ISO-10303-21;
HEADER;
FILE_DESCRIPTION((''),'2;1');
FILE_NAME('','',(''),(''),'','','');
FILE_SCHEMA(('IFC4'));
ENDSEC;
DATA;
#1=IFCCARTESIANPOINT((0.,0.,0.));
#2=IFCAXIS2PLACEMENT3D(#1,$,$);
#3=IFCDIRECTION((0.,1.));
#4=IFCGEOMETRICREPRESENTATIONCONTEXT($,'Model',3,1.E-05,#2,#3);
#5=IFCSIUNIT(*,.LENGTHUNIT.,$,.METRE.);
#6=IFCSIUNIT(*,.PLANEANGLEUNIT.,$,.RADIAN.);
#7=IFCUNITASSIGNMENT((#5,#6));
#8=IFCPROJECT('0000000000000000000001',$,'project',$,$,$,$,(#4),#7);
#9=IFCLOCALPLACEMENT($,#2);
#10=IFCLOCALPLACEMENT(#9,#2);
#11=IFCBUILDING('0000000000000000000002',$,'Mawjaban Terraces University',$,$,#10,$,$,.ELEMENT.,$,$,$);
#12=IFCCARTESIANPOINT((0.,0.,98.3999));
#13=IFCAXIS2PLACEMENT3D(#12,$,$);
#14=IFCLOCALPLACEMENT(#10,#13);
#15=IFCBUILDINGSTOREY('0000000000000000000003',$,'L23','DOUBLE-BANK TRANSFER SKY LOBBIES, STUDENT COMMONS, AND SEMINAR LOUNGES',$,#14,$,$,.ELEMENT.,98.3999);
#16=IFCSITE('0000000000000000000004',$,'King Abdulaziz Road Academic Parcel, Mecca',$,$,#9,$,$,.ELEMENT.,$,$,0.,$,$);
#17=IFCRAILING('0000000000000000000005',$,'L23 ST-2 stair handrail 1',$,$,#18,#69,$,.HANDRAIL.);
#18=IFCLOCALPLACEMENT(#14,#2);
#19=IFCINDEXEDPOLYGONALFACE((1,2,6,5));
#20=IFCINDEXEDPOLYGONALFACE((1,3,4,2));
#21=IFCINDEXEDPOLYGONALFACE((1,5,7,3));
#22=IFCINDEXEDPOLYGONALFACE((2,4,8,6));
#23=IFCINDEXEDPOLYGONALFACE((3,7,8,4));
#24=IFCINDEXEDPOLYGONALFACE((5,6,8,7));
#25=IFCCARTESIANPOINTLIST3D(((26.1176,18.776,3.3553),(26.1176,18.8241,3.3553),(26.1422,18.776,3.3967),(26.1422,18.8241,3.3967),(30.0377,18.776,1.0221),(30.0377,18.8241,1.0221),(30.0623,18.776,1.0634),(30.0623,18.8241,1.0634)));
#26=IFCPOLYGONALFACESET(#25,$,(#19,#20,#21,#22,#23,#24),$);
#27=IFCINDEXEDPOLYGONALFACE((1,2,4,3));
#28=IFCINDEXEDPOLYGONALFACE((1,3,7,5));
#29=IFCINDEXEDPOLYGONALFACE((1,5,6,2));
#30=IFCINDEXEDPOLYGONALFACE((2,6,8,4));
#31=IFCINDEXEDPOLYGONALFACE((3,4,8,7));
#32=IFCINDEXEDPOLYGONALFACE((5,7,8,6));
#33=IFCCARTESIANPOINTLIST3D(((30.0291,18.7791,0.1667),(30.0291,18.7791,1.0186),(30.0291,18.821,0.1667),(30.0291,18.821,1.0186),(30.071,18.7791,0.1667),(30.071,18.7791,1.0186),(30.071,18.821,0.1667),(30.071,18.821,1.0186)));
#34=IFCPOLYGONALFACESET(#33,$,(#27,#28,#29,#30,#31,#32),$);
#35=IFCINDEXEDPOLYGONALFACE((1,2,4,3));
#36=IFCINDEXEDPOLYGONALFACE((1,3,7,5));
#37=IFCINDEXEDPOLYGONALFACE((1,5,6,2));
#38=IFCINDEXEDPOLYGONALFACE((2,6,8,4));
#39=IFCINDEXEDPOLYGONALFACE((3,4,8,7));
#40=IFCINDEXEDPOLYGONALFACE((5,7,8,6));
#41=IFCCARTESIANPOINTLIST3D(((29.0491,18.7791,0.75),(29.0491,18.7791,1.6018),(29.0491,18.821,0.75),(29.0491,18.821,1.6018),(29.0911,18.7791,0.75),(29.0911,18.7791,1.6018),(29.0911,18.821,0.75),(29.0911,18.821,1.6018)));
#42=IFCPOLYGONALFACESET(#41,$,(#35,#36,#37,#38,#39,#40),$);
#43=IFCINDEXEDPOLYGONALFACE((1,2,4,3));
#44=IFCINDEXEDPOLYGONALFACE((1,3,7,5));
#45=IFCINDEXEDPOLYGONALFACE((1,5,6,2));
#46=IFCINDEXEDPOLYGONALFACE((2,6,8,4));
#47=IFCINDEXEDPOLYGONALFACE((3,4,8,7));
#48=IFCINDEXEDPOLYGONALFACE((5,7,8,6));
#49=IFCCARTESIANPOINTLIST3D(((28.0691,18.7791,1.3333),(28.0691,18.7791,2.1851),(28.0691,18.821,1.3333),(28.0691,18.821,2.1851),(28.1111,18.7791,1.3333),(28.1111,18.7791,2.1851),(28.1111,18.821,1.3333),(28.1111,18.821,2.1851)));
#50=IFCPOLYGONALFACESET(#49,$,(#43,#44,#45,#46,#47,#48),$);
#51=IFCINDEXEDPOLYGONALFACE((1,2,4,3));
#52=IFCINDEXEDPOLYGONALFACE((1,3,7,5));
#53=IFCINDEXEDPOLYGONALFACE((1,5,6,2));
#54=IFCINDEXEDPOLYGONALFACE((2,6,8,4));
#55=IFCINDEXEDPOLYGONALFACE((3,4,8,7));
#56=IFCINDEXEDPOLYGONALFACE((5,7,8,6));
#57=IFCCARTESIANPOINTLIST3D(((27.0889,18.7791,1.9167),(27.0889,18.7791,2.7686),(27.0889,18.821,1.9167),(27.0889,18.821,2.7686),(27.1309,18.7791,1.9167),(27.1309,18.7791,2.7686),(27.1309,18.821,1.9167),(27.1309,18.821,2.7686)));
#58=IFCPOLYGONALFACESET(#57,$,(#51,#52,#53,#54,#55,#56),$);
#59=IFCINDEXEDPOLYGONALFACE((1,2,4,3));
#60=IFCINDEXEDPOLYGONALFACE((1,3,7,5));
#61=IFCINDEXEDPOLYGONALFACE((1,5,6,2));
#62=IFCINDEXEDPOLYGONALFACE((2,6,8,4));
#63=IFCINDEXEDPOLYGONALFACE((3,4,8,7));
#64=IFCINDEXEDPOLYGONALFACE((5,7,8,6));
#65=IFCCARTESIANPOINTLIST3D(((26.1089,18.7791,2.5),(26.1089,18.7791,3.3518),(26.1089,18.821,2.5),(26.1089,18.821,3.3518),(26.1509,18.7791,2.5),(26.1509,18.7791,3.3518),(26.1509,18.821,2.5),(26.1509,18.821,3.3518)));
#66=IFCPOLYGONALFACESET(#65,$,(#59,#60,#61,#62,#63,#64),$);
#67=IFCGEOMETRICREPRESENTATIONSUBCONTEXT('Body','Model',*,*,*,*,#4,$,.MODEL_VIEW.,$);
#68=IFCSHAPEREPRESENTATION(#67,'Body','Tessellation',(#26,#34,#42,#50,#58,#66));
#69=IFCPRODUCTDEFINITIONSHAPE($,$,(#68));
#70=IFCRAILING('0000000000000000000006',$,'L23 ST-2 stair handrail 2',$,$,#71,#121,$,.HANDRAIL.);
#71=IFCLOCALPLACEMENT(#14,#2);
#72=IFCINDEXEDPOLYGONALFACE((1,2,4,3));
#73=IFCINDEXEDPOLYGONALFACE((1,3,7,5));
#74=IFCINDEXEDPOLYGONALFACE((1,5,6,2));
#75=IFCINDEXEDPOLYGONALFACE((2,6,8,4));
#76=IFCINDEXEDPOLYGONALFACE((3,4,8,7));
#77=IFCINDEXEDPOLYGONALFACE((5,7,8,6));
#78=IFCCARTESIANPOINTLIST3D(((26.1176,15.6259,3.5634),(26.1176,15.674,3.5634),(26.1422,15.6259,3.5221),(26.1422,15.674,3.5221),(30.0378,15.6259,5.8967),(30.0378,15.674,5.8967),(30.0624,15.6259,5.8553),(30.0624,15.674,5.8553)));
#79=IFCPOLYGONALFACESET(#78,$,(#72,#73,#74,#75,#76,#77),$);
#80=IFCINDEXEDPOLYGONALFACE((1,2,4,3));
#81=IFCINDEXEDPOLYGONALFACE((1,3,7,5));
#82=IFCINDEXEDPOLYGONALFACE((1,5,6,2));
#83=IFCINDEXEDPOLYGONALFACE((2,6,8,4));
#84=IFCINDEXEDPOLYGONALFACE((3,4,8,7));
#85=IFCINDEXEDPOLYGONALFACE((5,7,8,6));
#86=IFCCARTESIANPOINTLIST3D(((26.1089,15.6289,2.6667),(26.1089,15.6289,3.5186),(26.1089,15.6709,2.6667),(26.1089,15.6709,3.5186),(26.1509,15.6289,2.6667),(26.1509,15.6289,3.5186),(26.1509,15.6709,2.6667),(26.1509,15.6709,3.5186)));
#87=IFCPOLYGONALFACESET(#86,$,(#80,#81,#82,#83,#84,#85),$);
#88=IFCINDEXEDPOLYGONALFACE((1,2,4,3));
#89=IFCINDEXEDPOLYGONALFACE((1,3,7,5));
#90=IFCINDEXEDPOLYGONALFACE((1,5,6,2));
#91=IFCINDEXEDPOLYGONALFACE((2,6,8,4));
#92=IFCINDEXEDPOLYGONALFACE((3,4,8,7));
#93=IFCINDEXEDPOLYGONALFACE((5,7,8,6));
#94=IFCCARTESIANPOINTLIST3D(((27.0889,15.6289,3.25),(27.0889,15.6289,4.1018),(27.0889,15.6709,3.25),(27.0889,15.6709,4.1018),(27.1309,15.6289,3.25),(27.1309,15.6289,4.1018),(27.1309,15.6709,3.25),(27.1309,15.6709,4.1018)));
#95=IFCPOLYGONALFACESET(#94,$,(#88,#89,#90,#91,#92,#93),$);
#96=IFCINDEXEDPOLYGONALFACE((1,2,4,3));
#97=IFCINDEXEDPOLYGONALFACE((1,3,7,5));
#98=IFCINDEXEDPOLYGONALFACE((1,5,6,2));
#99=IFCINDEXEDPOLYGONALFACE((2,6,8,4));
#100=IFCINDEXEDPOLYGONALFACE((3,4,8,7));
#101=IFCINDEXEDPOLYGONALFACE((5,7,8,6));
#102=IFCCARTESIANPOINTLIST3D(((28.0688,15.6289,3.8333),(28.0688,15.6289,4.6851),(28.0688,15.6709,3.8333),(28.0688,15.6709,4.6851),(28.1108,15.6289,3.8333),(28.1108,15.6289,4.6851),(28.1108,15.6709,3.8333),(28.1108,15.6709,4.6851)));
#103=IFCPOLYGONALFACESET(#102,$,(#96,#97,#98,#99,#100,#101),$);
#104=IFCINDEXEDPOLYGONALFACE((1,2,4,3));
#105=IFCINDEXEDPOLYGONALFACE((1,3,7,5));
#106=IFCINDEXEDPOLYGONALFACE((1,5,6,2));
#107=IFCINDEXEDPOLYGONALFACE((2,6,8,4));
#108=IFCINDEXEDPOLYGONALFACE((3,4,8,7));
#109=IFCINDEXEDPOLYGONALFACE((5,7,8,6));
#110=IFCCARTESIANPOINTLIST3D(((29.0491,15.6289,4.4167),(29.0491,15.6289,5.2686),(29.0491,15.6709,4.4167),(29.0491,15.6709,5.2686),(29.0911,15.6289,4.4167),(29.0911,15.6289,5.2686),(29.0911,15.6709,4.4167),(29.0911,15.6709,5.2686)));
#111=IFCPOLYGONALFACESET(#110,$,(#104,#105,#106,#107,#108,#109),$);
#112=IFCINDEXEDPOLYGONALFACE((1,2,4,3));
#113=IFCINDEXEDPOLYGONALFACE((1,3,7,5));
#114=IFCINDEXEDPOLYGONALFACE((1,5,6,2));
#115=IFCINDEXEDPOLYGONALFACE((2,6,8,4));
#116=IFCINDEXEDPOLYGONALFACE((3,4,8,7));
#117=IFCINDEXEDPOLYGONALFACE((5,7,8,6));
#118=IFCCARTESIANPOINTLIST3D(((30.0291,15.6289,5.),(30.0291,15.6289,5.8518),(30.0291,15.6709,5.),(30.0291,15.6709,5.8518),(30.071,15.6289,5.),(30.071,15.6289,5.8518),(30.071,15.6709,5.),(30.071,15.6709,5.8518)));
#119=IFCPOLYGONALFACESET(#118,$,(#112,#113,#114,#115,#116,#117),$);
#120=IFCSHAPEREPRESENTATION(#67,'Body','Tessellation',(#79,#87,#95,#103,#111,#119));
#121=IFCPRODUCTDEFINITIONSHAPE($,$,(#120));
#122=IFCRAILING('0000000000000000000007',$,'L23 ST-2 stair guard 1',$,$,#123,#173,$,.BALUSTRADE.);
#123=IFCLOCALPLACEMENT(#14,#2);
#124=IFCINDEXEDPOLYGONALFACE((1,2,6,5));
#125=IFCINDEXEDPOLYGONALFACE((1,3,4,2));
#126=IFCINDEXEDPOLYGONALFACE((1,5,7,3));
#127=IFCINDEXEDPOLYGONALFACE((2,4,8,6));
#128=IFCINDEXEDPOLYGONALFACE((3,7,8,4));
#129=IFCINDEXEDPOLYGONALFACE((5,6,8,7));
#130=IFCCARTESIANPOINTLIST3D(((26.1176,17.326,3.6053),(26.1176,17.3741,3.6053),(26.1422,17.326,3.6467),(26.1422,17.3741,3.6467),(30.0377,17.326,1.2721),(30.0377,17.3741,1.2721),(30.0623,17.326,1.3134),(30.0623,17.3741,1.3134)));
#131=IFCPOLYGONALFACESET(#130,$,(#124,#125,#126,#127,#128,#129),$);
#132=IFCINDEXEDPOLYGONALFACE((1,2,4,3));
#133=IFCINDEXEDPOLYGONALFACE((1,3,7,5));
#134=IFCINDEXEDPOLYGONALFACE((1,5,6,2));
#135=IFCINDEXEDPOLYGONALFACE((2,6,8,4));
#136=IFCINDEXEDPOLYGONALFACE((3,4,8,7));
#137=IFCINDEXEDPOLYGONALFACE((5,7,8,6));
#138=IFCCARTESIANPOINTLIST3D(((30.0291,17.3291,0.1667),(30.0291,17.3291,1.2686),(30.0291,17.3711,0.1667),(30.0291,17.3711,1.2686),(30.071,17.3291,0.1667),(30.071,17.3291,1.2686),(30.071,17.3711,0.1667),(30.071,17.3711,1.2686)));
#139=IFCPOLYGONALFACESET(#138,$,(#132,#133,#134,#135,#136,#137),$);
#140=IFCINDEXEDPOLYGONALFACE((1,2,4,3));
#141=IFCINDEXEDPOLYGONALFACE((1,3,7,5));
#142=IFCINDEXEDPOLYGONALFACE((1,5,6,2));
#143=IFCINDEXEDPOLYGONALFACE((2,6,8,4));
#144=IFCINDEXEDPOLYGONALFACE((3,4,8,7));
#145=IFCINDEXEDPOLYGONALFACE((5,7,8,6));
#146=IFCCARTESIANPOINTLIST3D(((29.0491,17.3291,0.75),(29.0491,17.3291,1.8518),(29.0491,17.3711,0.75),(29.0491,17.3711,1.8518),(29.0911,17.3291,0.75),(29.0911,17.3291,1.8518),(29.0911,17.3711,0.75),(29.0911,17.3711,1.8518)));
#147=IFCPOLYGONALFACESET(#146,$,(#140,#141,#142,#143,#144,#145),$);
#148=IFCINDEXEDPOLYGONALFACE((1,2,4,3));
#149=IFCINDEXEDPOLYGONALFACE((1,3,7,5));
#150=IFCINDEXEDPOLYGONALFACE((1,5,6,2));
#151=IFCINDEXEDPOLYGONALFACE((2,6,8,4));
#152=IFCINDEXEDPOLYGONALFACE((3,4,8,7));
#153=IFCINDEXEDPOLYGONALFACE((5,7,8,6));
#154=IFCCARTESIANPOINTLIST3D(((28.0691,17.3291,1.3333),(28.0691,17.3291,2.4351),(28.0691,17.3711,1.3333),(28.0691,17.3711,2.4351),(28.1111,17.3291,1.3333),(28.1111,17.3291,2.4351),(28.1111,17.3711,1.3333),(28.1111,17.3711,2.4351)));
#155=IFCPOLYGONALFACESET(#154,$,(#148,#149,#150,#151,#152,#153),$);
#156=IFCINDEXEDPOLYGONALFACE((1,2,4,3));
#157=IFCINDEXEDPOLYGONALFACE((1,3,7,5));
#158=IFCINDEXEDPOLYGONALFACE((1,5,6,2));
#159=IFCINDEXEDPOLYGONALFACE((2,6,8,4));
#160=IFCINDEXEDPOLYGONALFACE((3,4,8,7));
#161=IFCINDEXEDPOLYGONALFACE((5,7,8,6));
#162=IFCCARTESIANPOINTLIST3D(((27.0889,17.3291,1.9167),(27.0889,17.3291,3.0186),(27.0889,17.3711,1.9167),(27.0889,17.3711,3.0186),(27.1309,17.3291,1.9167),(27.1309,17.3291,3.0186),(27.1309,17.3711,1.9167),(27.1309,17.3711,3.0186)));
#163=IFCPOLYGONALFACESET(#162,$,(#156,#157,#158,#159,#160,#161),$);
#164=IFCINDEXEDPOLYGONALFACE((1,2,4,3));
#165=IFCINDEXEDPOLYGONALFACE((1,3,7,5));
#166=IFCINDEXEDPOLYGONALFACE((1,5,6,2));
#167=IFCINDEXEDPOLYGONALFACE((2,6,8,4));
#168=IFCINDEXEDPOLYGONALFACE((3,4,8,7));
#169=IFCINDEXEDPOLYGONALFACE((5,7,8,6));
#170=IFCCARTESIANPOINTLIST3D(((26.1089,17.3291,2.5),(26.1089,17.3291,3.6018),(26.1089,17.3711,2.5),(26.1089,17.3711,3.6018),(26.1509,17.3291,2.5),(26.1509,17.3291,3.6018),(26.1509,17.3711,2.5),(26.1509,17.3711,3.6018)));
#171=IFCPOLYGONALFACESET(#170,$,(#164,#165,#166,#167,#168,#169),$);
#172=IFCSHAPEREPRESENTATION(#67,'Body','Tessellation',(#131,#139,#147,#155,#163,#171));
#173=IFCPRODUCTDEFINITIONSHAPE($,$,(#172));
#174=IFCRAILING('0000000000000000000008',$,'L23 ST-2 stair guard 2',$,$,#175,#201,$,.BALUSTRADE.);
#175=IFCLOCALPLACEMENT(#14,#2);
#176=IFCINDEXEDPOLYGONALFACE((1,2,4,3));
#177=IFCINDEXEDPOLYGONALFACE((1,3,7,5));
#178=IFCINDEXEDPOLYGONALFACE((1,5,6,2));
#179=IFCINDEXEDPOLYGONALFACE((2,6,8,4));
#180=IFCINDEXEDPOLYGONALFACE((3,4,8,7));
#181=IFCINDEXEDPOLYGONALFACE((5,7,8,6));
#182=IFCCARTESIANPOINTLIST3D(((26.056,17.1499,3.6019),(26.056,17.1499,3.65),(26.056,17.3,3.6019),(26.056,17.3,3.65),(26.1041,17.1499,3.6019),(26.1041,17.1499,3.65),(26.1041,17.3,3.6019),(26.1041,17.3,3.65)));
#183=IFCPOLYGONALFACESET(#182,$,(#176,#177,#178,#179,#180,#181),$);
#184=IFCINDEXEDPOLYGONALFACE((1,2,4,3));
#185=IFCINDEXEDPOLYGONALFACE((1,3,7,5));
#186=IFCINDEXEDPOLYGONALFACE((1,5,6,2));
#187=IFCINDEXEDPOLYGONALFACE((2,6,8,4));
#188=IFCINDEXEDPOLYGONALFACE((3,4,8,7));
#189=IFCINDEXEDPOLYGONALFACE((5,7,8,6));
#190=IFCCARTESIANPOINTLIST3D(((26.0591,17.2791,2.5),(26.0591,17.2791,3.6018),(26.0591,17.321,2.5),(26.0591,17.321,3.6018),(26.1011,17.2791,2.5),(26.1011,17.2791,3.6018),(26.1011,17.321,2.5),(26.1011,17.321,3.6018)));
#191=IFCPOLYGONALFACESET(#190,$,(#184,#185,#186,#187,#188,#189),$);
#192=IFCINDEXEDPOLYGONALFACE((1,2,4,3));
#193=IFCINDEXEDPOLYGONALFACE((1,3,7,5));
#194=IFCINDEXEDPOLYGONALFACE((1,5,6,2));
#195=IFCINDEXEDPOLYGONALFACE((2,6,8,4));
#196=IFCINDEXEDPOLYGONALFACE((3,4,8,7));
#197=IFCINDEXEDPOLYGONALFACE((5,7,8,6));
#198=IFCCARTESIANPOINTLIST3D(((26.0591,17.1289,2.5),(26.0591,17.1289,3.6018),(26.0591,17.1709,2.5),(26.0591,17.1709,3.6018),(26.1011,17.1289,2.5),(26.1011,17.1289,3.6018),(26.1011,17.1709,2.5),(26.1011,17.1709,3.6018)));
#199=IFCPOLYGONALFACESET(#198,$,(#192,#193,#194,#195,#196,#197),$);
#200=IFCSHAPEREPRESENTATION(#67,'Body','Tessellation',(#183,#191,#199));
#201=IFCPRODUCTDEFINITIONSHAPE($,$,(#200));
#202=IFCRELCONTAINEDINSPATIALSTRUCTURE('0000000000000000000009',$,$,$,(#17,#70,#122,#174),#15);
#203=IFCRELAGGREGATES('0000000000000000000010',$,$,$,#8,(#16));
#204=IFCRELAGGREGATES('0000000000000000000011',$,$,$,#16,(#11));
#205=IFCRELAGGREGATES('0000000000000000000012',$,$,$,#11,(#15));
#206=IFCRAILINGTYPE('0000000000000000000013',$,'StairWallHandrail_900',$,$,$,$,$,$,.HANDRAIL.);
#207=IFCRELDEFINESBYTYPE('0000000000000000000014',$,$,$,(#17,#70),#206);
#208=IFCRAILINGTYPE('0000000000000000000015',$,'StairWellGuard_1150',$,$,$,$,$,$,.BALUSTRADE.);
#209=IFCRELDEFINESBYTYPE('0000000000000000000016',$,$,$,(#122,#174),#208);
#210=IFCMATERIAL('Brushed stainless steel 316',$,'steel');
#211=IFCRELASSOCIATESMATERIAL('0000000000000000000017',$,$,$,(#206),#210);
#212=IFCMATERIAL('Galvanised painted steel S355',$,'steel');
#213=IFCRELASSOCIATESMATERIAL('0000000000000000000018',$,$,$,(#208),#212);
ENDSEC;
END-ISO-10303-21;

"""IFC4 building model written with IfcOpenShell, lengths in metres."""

from ifc_helpers import new_model, si_unit, direction, frame, origin, origin_2d, place, context, subcontext, project, spatial, rectangle, extrude, material, type_object, element, save


model = new_model("IFC4")

# Units and contexts
model_context = context("Model", 3, precision=1e-05, world=origin(), true_north=direction((0.0, 1.0)))
body_context = subcontext(model_context, "Body", "Model", "MODEL_VIEW")
ifc_project = project(units=[si_unit("LENGTHUNIT", "METRE"), si_unit("PLANEANGLEUNIT", "RADIAN")], contexts=[model_context])

# Site, building, storey
site_placement = place(None, origin())
site = spatial("IfcSite", under=ifc_project, at=site_placement, Name="King Abdulaziz Road Academic Parcel, Mecca", CompositionType="ELEMENT", RefElevation=0.0)
building_placement = place(site_placement, origin())
building = spatial("IfcBuilding", under=site, at=building_placement, Name="Mawjaban Terraces University", CompositionType="ELEMENT")
storey_placement = place(building_placement, frame((0.0, 0.0, 98.3999)))
storey = spatial("IfcBuildingStorey", under=building, at=storey_placement, Name="L23", Description="DOUBLE-BANK TRANSFER SKY LOBBIES, STUDENT COMMONS, AND SEMINAR LOUNGES", CompositionType="ELEMENT", Elevation=98.3999)

# Railings
ifc_material_1 = material(Name="Brushed stainless steel 316", Category="steel")
railing_type_1 = type_object("IfcRailingType", Name="StairWallHandrail_900", PredefinedType="HANDRAIL", material=ifc_material_1)
railing_1_placement = place(storey_placement, frame((30.05, 18.8, 0.1667)))
element("IfcRailing", 1, at=railing_1_placement, inside=storey, type_object=railing_type_1, Name="L23 ST-2 stair handrail 1", PredefinedType="HANDRAIL", context=body_context, shape_type="SweptSolid", body=[
    extrude(rectangle(XDim=0.0481, YDim=0.0481, at=origin_2d()), frame((0.0, 0.0, 0.876), z_axis=(-0.85931, 0.0, 0.511455), x_axis=(0.0, -1.0, 0.0)), (0.0, 0.0, 1.0), 4.562),
    extrude(rectangle(XDim=0.042, YDim=0.042, at=origin_2d()), origin(), (0.0, 0.0, 1.0), 0.8518),
    extrude(rectangle(XDim=0.042, YDim=0.042, at=origin_2d()), frame((-0.98, 0.0, 0.5833)), (0.0, 0.0, 1.0), 0.8518),
    extrude(rectangle(XDim=0.042, YDim=0.042, at=origin_2d()), frame((-1.96, 0.0, 1.1665)), (0.0, 0.0, 1.0), 0.8518),
    extrude(rectangle(XDim=0.042, YDim=0.042, at=origin_2d()), frame((-2.9402, 0.0, 1.75)), (0.0, 0.0, 1.0), 0.8518),
    extrude(rectangle(XDim=0.042, YDim=0.042, at=origin_2d()), frame((-3.9202, 0.0, 2.3333)), (0.0, 0.0, 1.0), 0.8518),
])
railing_2_placement = place(storey_placement, frame((26.1299, 15.6499, 2.6667)))
element("IfcRailing", 2, at=railing_2_placement, inside=storey, type_object=railing_type_1, Name="L23 ST-2 stair handrail 2", PredefinedType="HANDRAIL", context=body_context, shape_type="SweptSolid", body=[
    extrude(rectangle(XDim=0.0481, YDim=0.0481, at=origin_2d()), frame((0.0, 0.0, 0.876), z_axis=(0.85931, 0.0, 0.511455), x_axis=(0.0, 1.0, 0.0)), (0.0, 0.0, 1.0), 4.562),
    extrude(rectangle(XDim=0.042, YDim=0.042, at=origin_2d()), origin(), (0.0, 0.0, 1.0), 0.8518),
    extrude(rectangle(XDim=0.042, YDim=0.042, at=origin_2d()), frame((0.98, 0.0, 0.5833)), (0.0, 0.0, 1.0), 0.8518),
    extrude(rectangle(XDim=0.042, YDim=0.042, at=origin_2d()), frame((1.96, 0.0, 1.1665)), (0.0, 0.0, 1.0), 0.8518),
    extrude(rectangle(XDim=0.042, YDim=0.042, at=origin_2d()), frame((2.9402, 0.0, 1.75)), (0.0, 0.0, 1.0), 0.8518),
    extrude(rectangle(XDim=0.042, YDim=0.042, at=origin_2d()), frame((3.9202, 0.0, 2.3333)), (0.0, 0.0, 1.0), 0.8518),
])
ifc_material_2 = material(Name="Galvanised painted steel S355", Category="steel")
railing_type_2 = type_object("IfcRailingType", Name="StairWellGuard_1150", PredefinedType="BALUSTRADE", material=ifc_material_2)
railing_3_placement = place(storey_placement, frame((30.05, 17.3501, 0.1667)))
element("IfcRailing", 3, at=railing_3_placement, inside=storey, type_object=railing_type_2, Name="L23 ST-2 stair guard 1", PredefinedType="BALUSTRADE", context=body_context, shape_type="SweptSolid", body=[
    extrude(rectangle(XDim=0.0481, YDim=0.0481, at=origin_2d()), frame((0.0, 0.0, 1.126), z_axis=(-0.85931, 0.0, 0.511455), x_axis=(0.0, -1.0, 0.0)), (0.0, 0.0, 1.0), 4.562),
    extrude(rectangle(XDim=0.042, YDim=0.042, at=origin_2d()), origin(), (0.0, 0.0, 1.0), 1.1018),
    extrude(rectangle(XDim=0.042, YDim=0.042, at=origin_2d()), frame((-0.98, 0.0, 0.5833)), (0.0, 0.0, 1.0), 1.1018),
    extrude(rectangle(XDim=0.042, YDim=0.042, at=origin_2d()), frame((-1.96, 0.0, 1.1665)), (0.0, 0.0, 1.0), 1.1018),
    extrude(rectangle(XDim=0.042, YDim=0.042, at=origin_2d()), frame((-2.9402, 0.0, 1.75)), (0.0, 0.0, 1.0), 1.1018),
    extrude(rectangle(XDim=0.042, YDim=0.042, at=origin_2d()), frame((-3.9202, 0.0, 2.3333)), (0.0, 0.0, 1.0), 1.1018),
])
railing_4_placement = place(storey_placement, frame((26.0801, 17.3, 2.5)))
element("IfcRailing", 4, at=railing_4_placement, inside=storey, type_object=railing_type_2, Name="L23 ST-2 stair guard 2", PredefinedType="BALUSTRADE", context=body_context, shape_type="SweptSolid", body=[
    extrude(rectangle(XDim=0.0481, YDim=0.0481, at=origin_2d()), frame((0.0, 0.0, 1.126), z_axis=(0.0, -1.0, 0.0), x_axis=(1.0, 0.0, 0.0)), (0.0, 0.0, 1.0), 0.1501),
    extrude(rectangle(XDim=0.042, YDim=0.042, at=origin_2d()), origin(), (0.0, 0.0, 1.0), 1.1018),
    extrude(rectangle(XDim=0.042, YDim=0.042, at=origin_2d()), frame((0.0, -0.1501, 0.0)), (0.0, 0.0, 1.0), 1.1018),
])

save(model, "model.ifc")
